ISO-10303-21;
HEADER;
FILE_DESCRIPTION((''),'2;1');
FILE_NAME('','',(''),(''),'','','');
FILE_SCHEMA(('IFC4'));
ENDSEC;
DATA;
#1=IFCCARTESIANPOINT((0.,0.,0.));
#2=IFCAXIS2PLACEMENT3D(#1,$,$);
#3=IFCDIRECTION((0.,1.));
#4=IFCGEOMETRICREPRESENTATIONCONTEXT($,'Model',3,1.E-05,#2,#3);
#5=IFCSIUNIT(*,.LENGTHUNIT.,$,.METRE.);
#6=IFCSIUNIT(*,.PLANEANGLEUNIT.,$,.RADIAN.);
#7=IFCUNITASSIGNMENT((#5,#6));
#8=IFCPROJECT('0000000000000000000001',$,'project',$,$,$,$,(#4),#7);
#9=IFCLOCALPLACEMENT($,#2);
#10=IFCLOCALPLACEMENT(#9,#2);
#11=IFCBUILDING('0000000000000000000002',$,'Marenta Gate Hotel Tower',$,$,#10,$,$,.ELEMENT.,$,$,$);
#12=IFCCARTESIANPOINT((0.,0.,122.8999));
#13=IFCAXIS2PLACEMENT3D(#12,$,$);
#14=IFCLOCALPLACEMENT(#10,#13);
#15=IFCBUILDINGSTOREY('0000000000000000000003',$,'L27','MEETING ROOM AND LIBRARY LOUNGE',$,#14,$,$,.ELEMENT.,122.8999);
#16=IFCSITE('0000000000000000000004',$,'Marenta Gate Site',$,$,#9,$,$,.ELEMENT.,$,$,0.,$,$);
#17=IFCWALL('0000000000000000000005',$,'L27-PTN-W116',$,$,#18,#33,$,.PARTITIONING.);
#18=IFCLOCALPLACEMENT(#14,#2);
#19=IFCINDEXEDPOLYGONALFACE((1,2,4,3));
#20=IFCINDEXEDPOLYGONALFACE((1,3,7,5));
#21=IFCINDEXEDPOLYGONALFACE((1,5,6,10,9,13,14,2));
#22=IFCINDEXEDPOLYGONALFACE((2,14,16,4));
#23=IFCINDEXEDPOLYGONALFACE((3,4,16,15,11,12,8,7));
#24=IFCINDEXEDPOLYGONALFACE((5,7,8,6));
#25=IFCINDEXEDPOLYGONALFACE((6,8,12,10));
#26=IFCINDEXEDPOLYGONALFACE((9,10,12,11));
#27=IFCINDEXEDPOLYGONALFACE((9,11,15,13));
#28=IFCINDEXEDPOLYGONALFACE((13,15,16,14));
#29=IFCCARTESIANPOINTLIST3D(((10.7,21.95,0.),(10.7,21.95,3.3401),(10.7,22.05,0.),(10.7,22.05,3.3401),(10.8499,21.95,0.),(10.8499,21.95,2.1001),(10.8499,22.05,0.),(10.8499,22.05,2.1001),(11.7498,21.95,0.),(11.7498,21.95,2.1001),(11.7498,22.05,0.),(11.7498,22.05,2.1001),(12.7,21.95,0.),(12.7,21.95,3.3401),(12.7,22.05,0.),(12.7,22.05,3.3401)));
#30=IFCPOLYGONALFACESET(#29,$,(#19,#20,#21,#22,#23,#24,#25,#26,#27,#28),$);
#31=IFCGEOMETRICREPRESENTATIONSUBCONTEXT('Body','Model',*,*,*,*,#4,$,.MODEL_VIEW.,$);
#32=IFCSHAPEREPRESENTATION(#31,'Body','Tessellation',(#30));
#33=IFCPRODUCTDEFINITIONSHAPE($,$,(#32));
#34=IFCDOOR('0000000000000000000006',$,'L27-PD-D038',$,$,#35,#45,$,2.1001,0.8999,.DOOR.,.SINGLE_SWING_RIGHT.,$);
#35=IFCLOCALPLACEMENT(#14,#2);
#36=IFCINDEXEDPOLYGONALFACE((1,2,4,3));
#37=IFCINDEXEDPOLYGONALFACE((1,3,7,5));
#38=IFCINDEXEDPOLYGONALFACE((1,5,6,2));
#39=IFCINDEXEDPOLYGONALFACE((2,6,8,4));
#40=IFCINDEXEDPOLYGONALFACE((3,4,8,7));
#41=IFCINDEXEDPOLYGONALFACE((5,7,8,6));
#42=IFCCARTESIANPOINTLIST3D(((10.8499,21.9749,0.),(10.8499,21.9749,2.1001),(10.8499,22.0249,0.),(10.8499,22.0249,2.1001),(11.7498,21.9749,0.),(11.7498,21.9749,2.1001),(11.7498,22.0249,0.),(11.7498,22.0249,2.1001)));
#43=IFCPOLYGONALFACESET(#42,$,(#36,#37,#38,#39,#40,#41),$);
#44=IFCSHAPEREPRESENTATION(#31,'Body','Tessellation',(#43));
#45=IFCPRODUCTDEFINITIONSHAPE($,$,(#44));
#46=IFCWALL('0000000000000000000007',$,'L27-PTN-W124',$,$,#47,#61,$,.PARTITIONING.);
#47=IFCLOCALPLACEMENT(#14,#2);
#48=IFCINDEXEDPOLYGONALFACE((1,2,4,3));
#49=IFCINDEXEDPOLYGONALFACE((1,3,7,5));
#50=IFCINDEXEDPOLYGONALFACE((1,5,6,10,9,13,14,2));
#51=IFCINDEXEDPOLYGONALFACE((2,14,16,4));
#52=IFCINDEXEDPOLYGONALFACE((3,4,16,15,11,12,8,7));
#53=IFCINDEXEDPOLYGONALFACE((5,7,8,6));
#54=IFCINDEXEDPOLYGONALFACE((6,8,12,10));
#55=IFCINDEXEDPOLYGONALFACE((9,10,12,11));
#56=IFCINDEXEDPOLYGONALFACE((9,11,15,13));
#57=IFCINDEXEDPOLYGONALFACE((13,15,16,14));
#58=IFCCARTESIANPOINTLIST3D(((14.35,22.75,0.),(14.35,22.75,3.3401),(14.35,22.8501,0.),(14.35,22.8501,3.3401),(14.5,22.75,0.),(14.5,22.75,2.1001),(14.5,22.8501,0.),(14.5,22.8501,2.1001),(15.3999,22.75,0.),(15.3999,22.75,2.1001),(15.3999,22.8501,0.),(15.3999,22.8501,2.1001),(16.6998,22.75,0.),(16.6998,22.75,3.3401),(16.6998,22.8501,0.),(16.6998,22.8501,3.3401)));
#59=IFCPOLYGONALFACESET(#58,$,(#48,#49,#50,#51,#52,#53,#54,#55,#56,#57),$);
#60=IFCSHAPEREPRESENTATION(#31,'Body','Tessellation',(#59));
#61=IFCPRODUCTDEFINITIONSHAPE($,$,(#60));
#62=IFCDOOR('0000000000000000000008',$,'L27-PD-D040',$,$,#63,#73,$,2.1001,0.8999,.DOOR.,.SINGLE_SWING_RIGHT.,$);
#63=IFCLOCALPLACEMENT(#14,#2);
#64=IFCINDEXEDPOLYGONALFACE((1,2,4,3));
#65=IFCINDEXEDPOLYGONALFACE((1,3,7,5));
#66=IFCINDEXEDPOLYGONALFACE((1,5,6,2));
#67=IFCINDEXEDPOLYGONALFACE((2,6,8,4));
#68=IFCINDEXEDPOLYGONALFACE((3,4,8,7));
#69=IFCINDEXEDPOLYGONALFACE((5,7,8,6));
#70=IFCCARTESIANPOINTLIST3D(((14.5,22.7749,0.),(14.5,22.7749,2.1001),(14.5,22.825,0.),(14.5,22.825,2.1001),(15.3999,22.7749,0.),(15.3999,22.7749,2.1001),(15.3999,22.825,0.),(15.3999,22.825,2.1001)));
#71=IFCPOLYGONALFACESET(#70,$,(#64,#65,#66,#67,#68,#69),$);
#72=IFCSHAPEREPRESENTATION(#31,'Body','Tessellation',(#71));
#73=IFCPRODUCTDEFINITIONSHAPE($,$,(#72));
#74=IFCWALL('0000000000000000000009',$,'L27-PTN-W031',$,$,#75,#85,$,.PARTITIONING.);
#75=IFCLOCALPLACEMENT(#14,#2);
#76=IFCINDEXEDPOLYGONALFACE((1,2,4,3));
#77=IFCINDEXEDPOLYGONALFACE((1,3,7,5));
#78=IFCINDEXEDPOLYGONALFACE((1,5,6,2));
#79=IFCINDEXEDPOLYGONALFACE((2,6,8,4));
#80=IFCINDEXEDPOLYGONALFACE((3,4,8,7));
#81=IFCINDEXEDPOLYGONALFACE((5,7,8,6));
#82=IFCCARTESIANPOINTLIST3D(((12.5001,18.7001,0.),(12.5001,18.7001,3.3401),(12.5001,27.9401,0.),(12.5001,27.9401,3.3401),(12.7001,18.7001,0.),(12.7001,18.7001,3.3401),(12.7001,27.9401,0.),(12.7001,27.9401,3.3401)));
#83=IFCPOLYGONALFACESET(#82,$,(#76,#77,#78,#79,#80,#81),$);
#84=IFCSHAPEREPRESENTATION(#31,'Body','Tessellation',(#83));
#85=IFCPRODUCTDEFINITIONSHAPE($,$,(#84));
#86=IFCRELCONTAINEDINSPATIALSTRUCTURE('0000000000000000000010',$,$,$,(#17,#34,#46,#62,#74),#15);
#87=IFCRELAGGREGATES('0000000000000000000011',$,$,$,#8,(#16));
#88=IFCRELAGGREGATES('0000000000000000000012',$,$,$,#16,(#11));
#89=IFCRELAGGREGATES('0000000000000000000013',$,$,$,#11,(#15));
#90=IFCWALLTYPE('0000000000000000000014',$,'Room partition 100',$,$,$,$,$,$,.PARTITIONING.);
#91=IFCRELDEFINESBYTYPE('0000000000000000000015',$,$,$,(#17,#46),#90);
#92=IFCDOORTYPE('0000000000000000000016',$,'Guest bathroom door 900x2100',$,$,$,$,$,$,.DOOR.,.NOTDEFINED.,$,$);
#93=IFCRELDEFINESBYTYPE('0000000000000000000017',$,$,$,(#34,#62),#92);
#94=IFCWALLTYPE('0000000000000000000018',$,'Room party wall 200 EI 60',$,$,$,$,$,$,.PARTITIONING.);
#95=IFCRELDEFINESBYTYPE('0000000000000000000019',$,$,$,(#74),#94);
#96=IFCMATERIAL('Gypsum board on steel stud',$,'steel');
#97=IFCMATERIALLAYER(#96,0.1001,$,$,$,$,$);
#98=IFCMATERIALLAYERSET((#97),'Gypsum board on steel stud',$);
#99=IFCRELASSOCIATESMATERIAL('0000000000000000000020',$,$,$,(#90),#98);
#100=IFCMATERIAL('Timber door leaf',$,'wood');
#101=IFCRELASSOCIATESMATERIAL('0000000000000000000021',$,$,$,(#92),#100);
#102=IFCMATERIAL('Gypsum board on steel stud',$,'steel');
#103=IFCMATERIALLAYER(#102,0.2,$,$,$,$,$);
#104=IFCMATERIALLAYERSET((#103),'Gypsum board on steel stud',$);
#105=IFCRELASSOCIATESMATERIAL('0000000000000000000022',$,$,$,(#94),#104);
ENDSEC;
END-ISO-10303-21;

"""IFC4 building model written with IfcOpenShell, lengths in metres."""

from ifc_helpers import new_model, si_unit, direction, frame, frame_2d, origin, place, context, subcontext, project, spatial, rectangle, extrude, material, layer, layer_set, type_object, element, fill, save


model = new_model("IFC4")

# Units and contexts
model_context = context("Model", 3, precision=1e-05, world=origin(), true_north=direction((0.0, 1.0)))
body_context = subcontext(model_context, "Body", "Model", "MODEL_VIEW")
ifc_project = project(units=[si_unit("LENGTHUNIT", "METRE"), si_unit("PLANEANGLEUNIT", "RADIAN")], contexts=[model_context])

# Site, building, storey
site_placement = place(None, origin())
site = spatial("IfcSite", under=ifc_project, at=site_placement, Name="Marenta Gate Site", CompositionType="ELEMENT", RefElevation=0.0)
building_placement = place(site_placement, origin())
building = spatial("IfcBuilding", under=site, at=building_placement, Name="Marenta Gate Hotel Tower", CompositionType="ELEMENT")
storey_placement = place(building_placement, frame((0.0, 0.0, 122.8999)))
storey = spatial("IfcBuildingStorey", under=building, at=storey_placement, Name="L27", Description="MEETING ROOM AND LIBRARY LOUNGE", CompositionType="ELEMENT", Elevation=122.8999)

# Walls, openings, doors
ifc_material_1 = material(Name="Gypsum board on steel stud", Category="steel")
ifc_layer_1 = layer(ifc_material_1, 0.1001)
ifc_layer_set_1 = layer_set([ifc_layer_1], Name="Gypsum board on steel stud")
wall_type_1 = type_object("IfcWallType", Name="Room partition 100", PredefinedType="PARTITIONING", material=ifc_layer_set_1)
wall_1_placement = place(storey_placement, frame((10.7, 22.0, 0.0), z_axis=(0.0, 0.0, 1.0), x_axis=(1.0, 0.0, 0.0)))
wall_1 = element("IfcWall", 1, at=wall_1_placement, inside=storey, type_object=wall_type_1, Name="L27-PTN-W116", PredefinedType="PARTITIONING", context=body_context, shape_type="SweptSolid", body=[
    extrude(rectangle(XDim=2.0, YDim=0.1001, at=frame_2d((1.0, 0.0))), origin(), (0.0, 0.0, 1.0), 3.3401),
])
opening_1_placement = place(wall_1_placement, frame((0.1499, 0.0, 0.0)))
opening_1 = element("IfcOpeningElement", 2, at=opening_1_placement, cuts=wall_1, PredefinedType="OPENING", context=body_context, shape_type="SweptSolid", body=[
    extrude(rectangle(XDim=0.8999, YDim=2.1001, at=frame_2d((0.45, 1.05))), frame((0.0, 0.05, 0.0), z_axis=(0.0, -1.0, 0.0), x_axis=(1.0, 0.0, 0.0)), (0.0, 0.0, 1.0), 0.1001),
])
ifc_material_2 = material(Name="Timber door leaf", Category="wood")
door_type_1 = type_object("IfcDoorType", Name="Guest bathroom door 900x2100", OperationType="NOTDEFINED", PredefinedType="DOOR", material=ifc_material_2)
door_1_placement = place(opening_1_placement, origin())
door_1 = element("IfcDoor", 3, at=door_1_placement, inside=storey, type_object=door_type_1, Name="L27-PD-D038", OperationType="SINGLE_SWING_RIGHT", OverallHeight=2.1001, OverallWidth=0.8999, PredefinedType="DOOR", context=body_context, shape_type="SweptSolid", body=[
    extrude(rectangle(XDim=0.8999, YDim=2.1001, at=frame_2d((0.45, 1.05))), frame((0.0, 0.0249, 0.0), z_axis=(0.0, -1.0, 0.0), x_axis=(1.0, 0.0, 0.0)), (0.0, 0.0, 1.0), 0.05),
])
fill(opening_1, door_1)
wall_2_placement = place(storey_placement, frame((14.3501, 22.8, 0.0), z_axis=(0.0, 0.0, 1.0), x_axis=(1.0, 0.0, 0.0)))
wall_2 = element("IfcWall", 4, at=wall_2_placement, inside=storey, type_object=wall_type_1, Name="L27-PTN-W124", PredefinedType="PARTITIONING", context=body_context, shape_type="SweptSolid", body=[
    extrude(rectangle(XDim=2.3499, YDim=0.1001, at=frame_2d((1.1748, 0.0))), origin(), (0.0, 0.0, 1.0), 3.3401),
])
opening_2_placement = place(wall_2_placement, frame((0.1499, 0.0, 0.0)))
opening_2 = element("IfcOpeningElement", 5, at=opening_2_placement, cuts=wall_2, PredefinedType="OPENING", context=body_context, shape_type="SweptSolid", body=[
    extrude(rectangle(XDim=0.8999, YDim=2.1001, at=frame_2d((0.45, 1.05))), frame((0.0, 0.05, 0.0), z_axis=(0.0, -1.0, 0.0), x_axis=(1.0, 0.0, 0.0)), (0.0, 0.0, 1.0), 0.1001),
])
door_2_placement = place(opening_2_placement, origin())
door_2 = element("IfcDoor", 6, at=door_2_placement, inside=storey, type_object=door_type_1, Name="L27-PD-D040", OperationType="SINGLE_SWING_RIGHT", OverallHeight=2.1001, OverallWidth=0.8999, PredefinedType="DOOR", context=body_context, shape_type="SweptSolid", body=[
    extrude(rectangle(XDim=0.8999, YDim=2.1001, at=frame_2d((0.45, 1.05))), frame((0.0, 0.0249, 0.0), z_axis=(0.0, -1.0, 0.0), x_axis=(1.0, 0.0, 0.0)), (0.0, 0.0, 1.0), 0.05),
])
fill(opening_2, door_2)

# Wall
ifc_material_3 = material(Name="Gypsum board on steel stud", Category="steel")
ifc_layer_2 = layer(ifc_material_3, 0.2)
ifc_layer_set_2 = layer_set([ifc_layer_2], Name="Gypsum board on steel stud")
wall_type_2 = type_object("IfcWallType", Name="Room party wall 200 EI 60", PredefinedType="PARTITIONING", material=ifc_layer_set_2)
wall_3_placement = place(storey_placement, frame((12.6001, 18.7, 0.0), z_axis=(0.0, 0.0, 1.0), x_axis=(0.0, 1.0, 0.0)))
element("IfcWall", 7, at=wall_3_placement, inside=storey, type_object=wall_type_2, Name="L27-PTN-W031", PredefinedType="PARTITIONING", context=body_context, shape_type="SweptSolid", body=[
    extrude(rectangle(XDim=9.24, YDim=0.2, at=frame_2d((4.6201, 0.0))), origin(), (0.0, 0.0, 1.0), 3.3401),
])

save(model, "model.ifc")
